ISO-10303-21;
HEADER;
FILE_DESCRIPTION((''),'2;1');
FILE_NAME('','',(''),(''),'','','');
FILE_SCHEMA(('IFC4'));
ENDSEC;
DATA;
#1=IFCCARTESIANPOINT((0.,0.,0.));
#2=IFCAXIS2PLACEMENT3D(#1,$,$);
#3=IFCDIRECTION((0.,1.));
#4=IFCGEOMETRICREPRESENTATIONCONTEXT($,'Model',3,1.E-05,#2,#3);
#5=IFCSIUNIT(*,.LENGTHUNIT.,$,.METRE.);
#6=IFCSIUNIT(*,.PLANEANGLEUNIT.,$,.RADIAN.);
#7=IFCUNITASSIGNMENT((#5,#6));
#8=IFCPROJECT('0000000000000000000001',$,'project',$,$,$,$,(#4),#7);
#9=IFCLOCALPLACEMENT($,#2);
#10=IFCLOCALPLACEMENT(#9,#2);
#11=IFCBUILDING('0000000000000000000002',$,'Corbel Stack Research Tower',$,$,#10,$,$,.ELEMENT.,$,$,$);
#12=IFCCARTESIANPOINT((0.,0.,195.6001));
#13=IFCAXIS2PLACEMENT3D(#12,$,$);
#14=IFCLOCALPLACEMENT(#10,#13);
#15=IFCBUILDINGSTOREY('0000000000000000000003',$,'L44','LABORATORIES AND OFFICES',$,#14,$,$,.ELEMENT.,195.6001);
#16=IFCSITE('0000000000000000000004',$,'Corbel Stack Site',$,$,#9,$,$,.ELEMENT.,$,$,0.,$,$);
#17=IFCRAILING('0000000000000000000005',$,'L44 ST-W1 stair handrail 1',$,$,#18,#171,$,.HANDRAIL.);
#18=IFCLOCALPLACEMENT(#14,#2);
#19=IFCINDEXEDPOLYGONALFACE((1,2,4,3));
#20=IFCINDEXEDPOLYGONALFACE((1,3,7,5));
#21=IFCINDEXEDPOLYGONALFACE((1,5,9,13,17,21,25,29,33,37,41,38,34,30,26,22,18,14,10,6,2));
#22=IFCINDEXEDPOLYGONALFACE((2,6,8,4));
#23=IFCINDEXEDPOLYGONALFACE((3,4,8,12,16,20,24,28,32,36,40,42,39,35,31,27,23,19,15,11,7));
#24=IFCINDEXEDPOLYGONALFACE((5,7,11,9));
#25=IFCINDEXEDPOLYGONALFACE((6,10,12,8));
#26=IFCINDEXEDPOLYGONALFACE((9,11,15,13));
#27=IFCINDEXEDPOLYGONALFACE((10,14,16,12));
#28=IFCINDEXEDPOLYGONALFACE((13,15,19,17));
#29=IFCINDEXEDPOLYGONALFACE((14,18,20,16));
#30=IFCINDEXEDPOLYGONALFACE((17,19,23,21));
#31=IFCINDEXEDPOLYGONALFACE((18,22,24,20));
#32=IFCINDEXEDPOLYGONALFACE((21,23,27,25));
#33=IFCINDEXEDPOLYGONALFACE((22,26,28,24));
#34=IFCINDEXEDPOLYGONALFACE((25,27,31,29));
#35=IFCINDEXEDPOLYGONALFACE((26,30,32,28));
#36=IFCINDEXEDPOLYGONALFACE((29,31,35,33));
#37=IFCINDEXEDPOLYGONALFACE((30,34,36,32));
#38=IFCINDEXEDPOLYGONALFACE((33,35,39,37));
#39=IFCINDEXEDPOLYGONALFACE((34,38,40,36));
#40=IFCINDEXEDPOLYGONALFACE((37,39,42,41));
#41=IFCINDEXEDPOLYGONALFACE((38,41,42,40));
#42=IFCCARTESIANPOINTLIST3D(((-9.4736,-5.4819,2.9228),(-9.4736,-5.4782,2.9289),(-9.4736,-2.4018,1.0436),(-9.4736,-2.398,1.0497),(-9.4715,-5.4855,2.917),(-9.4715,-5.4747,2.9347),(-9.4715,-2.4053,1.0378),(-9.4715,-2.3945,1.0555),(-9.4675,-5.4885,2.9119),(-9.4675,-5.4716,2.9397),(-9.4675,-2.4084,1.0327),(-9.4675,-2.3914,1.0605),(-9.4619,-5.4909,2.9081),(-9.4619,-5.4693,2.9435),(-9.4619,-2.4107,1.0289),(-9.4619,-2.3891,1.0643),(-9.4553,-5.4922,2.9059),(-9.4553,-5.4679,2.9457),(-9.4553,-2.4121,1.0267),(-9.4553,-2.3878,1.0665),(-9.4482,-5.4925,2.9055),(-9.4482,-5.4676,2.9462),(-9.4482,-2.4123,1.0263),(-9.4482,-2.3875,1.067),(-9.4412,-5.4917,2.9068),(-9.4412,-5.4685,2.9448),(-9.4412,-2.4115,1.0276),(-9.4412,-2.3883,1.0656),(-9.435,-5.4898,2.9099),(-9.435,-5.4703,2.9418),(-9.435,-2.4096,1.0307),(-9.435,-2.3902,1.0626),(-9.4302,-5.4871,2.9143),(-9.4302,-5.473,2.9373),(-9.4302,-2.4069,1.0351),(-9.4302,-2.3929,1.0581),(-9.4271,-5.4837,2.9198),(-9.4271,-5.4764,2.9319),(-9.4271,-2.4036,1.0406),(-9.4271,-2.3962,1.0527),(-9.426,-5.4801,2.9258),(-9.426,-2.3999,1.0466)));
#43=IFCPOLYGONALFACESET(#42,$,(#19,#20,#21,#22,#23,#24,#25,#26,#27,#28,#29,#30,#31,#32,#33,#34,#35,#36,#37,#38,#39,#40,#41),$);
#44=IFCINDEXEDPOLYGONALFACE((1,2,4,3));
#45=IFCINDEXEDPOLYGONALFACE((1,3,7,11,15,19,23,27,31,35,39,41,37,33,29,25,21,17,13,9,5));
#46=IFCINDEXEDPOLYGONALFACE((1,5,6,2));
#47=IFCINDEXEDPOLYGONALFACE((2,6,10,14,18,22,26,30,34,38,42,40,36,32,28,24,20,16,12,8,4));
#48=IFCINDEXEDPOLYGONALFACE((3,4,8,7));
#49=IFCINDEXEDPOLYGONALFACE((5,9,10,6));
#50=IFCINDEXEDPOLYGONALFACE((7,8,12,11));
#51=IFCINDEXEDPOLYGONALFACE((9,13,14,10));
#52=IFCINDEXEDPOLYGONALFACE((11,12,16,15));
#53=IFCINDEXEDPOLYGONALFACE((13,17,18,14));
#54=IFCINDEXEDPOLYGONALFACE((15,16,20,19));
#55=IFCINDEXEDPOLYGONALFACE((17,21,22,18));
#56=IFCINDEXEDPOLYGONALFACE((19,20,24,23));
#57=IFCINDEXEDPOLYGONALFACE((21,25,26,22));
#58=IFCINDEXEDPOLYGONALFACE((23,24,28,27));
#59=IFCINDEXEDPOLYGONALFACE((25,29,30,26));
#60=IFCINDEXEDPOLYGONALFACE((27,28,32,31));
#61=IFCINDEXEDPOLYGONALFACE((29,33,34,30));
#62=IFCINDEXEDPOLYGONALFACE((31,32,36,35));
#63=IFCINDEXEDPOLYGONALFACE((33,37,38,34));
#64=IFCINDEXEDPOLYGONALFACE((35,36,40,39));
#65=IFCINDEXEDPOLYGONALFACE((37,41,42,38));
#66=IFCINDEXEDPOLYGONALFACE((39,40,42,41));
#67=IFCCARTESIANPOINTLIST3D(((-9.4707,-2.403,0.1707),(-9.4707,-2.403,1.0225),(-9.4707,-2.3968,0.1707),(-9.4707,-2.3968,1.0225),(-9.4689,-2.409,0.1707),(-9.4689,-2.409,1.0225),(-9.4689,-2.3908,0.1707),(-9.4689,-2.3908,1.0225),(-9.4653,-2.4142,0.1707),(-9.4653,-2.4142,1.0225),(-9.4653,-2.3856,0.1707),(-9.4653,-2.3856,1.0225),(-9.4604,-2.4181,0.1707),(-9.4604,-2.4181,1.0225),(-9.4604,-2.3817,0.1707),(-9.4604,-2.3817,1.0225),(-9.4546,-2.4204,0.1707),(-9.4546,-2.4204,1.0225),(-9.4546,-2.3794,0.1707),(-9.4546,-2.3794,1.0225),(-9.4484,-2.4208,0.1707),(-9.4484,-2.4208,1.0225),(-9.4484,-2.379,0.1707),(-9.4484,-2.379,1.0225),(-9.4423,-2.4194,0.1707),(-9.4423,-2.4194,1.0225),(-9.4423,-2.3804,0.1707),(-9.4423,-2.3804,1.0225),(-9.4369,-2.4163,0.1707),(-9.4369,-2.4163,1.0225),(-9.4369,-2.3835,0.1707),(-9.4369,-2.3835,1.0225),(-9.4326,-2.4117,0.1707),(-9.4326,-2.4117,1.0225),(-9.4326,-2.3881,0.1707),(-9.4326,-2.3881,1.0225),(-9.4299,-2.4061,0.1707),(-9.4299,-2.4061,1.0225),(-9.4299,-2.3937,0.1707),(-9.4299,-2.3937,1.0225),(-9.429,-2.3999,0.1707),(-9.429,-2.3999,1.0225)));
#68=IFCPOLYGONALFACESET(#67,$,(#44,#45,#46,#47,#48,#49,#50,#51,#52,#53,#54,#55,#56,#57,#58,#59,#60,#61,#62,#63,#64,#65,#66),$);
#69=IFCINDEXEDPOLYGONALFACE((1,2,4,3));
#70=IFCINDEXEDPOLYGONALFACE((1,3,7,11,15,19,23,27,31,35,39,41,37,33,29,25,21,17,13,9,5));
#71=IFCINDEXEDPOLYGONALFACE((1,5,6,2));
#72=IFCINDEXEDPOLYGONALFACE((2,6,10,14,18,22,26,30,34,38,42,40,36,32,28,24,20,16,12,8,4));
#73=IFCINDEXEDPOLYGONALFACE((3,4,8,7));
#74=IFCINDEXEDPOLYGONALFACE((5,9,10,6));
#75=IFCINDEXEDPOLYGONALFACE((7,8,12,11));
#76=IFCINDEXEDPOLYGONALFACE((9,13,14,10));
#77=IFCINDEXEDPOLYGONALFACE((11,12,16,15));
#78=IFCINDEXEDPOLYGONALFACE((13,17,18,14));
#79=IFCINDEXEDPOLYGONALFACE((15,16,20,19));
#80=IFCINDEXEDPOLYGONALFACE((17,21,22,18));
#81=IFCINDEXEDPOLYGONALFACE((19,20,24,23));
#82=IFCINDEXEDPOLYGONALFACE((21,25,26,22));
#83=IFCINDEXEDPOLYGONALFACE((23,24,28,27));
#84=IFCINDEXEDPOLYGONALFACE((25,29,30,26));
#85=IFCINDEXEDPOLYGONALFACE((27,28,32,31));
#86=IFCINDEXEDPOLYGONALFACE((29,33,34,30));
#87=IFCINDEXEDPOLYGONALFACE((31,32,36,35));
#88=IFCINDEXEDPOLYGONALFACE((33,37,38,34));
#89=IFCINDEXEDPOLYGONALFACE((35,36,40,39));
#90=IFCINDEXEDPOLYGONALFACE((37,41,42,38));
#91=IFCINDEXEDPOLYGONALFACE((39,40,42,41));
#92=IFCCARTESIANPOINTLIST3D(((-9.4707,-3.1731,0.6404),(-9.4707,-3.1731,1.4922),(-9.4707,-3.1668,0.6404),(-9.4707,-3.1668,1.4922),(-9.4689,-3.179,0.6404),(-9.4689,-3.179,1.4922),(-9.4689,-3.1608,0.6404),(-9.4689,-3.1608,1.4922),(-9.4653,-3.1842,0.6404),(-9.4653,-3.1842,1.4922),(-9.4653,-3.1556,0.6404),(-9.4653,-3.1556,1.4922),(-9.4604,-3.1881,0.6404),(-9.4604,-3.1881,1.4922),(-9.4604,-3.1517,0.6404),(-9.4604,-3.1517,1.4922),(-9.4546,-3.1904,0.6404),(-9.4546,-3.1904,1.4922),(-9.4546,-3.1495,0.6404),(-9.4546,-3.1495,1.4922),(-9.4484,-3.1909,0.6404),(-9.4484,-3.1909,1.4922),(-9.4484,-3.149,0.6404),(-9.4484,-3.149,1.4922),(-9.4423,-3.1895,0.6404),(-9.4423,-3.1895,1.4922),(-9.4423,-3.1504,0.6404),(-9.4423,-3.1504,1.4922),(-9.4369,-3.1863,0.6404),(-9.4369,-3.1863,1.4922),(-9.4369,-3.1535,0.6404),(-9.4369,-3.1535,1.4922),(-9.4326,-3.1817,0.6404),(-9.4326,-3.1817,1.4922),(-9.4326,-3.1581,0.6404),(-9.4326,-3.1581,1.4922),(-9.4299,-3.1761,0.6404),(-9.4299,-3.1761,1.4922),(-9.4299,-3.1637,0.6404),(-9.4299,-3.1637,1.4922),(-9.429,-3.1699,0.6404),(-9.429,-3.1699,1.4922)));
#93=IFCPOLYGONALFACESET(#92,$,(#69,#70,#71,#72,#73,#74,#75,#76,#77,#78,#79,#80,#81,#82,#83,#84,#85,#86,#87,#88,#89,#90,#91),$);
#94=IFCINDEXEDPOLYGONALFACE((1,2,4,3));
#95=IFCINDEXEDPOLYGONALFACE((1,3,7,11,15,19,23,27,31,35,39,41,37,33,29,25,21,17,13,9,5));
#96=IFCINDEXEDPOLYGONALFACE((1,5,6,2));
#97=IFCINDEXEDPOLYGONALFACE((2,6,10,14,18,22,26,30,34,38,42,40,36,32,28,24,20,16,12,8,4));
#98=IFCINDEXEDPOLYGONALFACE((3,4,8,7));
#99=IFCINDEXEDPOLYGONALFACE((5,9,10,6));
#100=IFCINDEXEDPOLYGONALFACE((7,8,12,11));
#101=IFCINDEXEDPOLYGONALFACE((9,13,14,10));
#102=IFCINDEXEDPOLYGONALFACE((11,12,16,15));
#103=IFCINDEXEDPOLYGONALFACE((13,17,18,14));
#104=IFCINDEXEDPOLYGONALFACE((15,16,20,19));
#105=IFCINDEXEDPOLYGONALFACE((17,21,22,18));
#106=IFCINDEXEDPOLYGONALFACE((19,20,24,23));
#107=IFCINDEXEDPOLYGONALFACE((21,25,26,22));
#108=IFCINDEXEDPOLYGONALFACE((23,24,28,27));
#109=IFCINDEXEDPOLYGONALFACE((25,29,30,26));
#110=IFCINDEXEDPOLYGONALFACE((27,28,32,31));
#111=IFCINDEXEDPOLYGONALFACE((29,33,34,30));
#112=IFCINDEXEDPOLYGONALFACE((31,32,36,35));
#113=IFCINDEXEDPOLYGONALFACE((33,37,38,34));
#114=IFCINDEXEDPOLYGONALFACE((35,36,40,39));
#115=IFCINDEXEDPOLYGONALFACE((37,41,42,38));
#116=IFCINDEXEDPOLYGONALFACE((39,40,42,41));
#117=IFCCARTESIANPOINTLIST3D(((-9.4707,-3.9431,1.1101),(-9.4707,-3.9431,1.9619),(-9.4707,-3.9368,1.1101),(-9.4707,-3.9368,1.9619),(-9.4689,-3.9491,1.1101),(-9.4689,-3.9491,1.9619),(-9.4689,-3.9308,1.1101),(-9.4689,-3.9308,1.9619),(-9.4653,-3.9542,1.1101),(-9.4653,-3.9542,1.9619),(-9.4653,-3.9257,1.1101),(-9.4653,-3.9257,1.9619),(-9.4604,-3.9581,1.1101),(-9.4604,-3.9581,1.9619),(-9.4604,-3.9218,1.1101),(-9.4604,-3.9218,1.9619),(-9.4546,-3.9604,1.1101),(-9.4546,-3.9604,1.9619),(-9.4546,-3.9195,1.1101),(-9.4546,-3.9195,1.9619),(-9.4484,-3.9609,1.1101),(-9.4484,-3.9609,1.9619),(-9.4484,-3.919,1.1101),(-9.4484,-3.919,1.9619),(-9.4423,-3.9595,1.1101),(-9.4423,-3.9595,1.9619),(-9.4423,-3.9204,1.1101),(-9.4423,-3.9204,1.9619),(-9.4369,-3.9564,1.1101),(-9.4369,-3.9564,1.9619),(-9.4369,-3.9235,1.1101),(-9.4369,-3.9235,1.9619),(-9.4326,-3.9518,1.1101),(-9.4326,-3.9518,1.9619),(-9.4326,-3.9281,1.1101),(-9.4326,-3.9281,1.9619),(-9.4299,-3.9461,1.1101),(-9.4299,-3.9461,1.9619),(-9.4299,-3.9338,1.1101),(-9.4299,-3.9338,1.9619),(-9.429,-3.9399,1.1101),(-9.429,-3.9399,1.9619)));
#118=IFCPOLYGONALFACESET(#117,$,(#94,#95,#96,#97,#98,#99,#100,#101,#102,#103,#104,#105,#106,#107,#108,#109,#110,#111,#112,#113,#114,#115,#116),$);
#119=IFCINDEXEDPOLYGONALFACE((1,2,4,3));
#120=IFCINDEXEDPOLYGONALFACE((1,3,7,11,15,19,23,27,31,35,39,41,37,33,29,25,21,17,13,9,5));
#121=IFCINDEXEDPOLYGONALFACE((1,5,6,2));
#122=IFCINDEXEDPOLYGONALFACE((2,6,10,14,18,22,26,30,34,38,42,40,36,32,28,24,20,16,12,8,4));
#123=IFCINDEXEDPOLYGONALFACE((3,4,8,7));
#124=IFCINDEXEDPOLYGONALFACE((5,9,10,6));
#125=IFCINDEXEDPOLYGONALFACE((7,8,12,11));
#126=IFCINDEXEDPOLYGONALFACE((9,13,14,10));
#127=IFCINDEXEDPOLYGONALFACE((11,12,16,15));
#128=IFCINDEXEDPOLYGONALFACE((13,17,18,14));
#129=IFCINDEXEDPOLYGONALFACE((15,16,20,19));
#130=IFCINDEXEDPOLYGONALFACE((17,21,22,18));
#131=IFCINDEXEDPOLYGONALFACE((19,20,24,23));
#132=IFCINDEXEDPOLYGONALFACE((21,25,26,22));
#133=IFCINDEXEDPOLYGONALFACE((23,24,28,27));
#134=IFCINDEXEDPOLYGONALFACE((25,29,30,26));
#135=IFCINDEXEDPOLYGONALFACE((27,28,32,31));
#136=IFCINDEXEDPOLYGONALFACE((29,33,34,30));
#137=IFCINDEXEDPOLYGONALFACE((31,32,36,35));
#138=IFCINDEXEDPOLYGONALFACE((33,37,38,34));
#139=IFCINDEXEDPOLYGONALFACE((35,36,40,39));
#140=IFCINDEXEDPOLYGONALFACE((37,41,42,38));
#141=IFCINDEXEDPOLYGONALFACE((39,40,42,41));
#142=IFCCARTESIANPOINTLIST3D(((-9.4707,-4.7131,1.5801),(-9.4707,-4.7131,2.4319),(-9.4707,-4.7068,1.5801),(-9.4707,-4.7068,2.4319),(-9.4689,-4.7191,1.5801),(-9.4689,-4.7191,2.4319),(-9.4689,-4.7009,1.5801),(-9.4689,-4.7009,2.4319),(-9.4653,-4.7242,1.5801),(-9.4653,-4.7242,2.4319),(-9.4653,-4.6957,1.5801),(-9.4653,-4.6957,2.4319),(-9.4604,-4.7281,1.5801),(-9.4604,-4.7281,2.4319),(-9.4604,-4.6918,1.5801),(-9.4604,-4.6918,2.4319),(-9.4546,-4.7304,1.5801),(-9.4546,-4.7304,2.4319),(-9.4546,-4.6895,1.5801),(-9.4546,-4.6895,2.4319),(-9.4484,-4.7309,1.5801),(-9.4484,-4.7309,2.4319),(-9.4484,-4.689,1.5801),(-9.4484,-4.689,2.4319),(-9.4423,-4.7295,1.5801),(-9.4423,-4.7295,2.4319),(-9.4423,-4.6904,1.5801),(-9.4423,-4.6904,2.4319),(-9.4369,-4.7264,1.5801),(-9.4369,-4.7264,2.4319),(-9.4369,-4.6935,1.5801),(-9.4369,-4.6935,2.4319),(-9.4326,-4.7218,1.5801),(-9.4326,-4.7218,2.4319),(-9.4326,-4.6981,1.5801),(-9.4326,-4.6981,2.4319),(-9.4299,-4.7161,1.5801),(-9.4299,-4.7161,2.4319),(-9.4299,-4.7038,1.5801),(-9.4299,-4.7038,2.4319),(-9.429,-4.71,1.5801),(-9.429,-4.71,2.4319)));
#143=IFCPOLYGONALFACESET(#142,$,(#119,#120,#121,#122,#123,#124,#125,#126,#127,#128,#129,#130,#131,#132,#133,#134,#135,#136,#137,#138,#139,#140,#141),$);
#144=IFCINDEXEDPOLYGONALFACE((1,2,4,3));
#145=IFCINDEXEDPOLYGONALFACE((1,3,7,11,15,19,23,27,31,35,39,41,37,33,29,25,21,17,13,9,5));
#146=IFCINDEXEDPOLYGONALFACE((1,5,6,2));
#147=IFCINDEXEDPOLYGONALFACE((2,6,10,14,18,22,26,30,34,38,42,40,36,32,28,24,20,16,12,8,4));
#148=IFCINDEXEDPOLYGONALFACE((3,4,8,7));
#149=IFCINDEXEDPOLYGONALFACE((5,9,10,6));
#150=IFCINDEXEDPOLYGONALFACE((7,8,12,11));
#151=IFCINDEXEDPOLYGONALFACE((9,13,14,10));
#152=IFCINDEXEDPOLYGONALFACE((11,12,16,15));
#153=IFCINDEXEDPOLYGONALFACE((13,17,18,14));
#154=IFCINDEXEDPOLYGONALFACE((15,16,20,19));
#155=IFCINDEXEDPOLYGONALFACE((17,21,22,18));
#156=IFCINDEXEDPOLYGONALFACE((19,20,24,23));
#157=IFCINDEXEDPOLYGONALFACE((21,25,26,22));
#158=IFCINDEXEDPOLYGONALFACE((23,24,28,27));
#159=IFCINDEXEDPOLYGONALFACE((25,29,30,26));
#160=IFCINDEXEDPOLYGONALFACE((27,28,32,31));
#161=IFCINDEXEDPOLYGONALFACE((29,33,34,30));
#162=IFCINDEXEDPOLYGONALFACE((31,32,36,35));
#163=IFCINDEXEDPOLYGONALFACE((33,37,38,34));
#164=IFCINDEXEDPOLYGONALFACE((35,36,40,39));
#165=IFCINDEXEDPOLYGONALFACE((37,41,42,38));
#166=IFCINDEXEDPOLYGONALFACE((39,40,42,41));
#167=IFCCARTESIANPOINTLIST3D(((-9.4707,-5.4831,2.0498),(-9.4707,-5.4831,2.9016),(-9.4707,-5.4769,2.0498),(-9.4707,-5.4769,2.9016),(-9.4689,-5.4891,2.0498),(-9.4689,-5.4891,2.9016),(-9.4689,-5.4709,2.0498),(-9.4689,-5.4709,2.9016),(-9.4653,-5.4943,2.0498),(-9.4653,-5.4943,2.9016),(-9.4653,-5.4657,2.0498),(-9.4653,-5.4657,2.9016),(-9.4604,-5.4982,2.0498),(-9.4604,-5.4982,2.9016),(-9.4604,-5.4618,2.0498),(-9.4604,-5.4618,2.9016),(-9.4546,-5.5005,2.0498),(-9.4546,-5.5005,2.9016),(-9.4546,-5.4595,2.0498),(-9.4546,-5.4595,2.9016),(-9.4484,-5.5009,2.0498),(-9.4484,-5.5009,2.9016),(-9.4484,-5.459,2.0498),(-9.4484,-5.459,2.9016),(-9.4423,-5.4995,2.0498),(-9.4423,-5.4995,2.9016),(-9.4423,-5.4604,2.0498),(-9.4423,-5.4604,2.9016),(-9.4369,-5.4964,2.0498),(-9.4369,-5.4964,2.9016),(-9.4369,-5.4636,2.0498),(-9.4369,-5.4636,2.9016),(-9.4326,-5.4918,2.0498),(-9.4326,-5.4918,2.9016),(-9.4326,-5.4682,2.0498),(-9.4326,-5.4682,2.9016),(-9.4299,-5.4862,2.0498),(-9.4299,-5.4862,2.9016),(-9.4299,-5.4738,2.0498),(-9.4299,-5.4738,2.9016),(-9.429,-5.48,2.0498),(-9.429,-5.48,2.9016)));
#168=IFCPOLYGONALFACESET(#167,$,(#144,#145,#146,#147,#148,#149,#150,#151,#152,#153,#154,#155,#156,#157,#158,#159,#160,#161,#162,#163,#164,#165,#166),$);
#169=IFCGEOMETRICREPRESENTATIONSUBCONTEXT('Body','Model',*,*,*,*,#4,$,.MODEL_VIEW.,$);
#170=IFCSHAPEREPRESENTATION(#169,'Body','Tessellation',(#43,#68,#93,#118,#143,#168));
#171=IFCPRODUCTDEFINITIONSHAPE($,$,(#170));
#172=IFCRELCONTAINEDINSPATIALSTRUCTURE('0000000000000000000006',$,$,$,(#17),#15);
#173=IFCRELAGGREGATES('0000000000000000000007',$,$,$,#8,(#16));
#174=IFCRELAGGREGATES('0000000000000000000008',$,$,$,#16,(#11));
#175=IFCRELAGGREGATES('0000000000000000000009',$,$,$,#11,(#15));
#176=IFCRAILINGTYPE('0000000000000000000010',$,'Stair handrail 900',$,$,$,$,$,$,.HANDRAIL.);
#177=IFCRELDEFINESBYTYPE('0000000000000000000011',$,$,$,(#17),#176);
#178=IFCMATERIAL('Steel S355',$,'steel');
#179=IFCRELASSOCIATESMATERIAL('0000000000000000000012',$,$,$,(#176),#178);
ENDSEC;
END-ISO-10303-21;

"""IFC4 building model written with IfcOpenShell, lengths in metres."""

from ifc_helpers import new_model, si_unit, direction, frame, origin, origin_2d, place, context, subcontext, project, spatial, circle, extrude, material, type_object, element, save


model = new_model("IFC4")

# Units and contexts
model_context = context("Model", 3, precision=1e-05, world=origin(), true_north=direction((0.0, 1.0)))
body_context = subcontext(model_context, "Body", "Model", "MODEL_VIEW")
ifc_project = project(units=[si_unit("LENGTHUNIT", "METRE"), si_unit("PLANEANGLEUNIT", "RADIAN")], contexts=[model_context])

# Site, building, storey
site_placement = place(None, origin())
site = spatial("IfcSite", under=ifc_project, at=site_placement, Name="Corbel Stack Site", CompositionType="ELEMENT", RefElevation=0.0)
building_placement = place(site_placement, origin())
building = spatial("IfcBuilding", under=site, at=building_placement, Name="Corbel Stack Research Tower", CompositionType="ELEMENT")
storey_placement = place(building_placement, frame((0.0, 0.0, 195.6001)))
storey = spatial("IfcBuildingStorey", under=building, at=storey_placement, Name="L44", Description="LABORATORIES AND OFFICES", CompositionType="ELEMENT", Elevation=195.6001)

# Railing
ifc_material_1 = material(Name="Steel S355", Category="steel")
railing_type_1 = type_object("IfcRailingType", Name="Stair handrail 900", PredefinedType="HANDRAIL", material=ifc_material_1)
railing_1_placement = place(storey_placement, frame((-9.45, -2.3999, 0.1707)))
element("IfcRailing", 1, at=railing_1_placement, inside=storey, type_object=railing_type_1, Name="L44 ST-W1 stair handrail 1", PredefinedType="HANDRAIL", context=body_context, shape_type="SweptSolid", body=[
    extrude(circle(Radius=0.0239, at=origin_2d()), frame((0.0, 0.0, 0.876), z_axis=(0.0, -0.853666, 0.52082), x_axis=(1.0, 0.0, 0.0)), (0.0, 0.0, 1.0), 3.6082),
    extrude(circle(Radius=0.021, at=origin_2d()), origin(), (0.0, 0.0, 1.0), 0.8518),
    extrude(circle(Radius=0.021, at=origin_2d()), frame((0.0, -0.77, 0.4697)), (0.0, 0.0, 1.0), 0.8518),
    extrude(circle(Radius=0.021, at=origin_2d()), frame((0.0, -1.54, 0.9395)), (0.0, 0.0, 1.0), 0.8518),
    extrude(circle(Radius=0.021, at=origin_2d()), frame((0.0, -2.3101, 1.4094)), (0.0, 0.0, 1.0), 0.8518),
    extrude(circle(Radius=0.021, at=origin_2d()), frame((0.0, -3.0801, 1.8792)), (0.0, 0.0, 1.0), 0.8518),
])

save(model, "model.ifc")
